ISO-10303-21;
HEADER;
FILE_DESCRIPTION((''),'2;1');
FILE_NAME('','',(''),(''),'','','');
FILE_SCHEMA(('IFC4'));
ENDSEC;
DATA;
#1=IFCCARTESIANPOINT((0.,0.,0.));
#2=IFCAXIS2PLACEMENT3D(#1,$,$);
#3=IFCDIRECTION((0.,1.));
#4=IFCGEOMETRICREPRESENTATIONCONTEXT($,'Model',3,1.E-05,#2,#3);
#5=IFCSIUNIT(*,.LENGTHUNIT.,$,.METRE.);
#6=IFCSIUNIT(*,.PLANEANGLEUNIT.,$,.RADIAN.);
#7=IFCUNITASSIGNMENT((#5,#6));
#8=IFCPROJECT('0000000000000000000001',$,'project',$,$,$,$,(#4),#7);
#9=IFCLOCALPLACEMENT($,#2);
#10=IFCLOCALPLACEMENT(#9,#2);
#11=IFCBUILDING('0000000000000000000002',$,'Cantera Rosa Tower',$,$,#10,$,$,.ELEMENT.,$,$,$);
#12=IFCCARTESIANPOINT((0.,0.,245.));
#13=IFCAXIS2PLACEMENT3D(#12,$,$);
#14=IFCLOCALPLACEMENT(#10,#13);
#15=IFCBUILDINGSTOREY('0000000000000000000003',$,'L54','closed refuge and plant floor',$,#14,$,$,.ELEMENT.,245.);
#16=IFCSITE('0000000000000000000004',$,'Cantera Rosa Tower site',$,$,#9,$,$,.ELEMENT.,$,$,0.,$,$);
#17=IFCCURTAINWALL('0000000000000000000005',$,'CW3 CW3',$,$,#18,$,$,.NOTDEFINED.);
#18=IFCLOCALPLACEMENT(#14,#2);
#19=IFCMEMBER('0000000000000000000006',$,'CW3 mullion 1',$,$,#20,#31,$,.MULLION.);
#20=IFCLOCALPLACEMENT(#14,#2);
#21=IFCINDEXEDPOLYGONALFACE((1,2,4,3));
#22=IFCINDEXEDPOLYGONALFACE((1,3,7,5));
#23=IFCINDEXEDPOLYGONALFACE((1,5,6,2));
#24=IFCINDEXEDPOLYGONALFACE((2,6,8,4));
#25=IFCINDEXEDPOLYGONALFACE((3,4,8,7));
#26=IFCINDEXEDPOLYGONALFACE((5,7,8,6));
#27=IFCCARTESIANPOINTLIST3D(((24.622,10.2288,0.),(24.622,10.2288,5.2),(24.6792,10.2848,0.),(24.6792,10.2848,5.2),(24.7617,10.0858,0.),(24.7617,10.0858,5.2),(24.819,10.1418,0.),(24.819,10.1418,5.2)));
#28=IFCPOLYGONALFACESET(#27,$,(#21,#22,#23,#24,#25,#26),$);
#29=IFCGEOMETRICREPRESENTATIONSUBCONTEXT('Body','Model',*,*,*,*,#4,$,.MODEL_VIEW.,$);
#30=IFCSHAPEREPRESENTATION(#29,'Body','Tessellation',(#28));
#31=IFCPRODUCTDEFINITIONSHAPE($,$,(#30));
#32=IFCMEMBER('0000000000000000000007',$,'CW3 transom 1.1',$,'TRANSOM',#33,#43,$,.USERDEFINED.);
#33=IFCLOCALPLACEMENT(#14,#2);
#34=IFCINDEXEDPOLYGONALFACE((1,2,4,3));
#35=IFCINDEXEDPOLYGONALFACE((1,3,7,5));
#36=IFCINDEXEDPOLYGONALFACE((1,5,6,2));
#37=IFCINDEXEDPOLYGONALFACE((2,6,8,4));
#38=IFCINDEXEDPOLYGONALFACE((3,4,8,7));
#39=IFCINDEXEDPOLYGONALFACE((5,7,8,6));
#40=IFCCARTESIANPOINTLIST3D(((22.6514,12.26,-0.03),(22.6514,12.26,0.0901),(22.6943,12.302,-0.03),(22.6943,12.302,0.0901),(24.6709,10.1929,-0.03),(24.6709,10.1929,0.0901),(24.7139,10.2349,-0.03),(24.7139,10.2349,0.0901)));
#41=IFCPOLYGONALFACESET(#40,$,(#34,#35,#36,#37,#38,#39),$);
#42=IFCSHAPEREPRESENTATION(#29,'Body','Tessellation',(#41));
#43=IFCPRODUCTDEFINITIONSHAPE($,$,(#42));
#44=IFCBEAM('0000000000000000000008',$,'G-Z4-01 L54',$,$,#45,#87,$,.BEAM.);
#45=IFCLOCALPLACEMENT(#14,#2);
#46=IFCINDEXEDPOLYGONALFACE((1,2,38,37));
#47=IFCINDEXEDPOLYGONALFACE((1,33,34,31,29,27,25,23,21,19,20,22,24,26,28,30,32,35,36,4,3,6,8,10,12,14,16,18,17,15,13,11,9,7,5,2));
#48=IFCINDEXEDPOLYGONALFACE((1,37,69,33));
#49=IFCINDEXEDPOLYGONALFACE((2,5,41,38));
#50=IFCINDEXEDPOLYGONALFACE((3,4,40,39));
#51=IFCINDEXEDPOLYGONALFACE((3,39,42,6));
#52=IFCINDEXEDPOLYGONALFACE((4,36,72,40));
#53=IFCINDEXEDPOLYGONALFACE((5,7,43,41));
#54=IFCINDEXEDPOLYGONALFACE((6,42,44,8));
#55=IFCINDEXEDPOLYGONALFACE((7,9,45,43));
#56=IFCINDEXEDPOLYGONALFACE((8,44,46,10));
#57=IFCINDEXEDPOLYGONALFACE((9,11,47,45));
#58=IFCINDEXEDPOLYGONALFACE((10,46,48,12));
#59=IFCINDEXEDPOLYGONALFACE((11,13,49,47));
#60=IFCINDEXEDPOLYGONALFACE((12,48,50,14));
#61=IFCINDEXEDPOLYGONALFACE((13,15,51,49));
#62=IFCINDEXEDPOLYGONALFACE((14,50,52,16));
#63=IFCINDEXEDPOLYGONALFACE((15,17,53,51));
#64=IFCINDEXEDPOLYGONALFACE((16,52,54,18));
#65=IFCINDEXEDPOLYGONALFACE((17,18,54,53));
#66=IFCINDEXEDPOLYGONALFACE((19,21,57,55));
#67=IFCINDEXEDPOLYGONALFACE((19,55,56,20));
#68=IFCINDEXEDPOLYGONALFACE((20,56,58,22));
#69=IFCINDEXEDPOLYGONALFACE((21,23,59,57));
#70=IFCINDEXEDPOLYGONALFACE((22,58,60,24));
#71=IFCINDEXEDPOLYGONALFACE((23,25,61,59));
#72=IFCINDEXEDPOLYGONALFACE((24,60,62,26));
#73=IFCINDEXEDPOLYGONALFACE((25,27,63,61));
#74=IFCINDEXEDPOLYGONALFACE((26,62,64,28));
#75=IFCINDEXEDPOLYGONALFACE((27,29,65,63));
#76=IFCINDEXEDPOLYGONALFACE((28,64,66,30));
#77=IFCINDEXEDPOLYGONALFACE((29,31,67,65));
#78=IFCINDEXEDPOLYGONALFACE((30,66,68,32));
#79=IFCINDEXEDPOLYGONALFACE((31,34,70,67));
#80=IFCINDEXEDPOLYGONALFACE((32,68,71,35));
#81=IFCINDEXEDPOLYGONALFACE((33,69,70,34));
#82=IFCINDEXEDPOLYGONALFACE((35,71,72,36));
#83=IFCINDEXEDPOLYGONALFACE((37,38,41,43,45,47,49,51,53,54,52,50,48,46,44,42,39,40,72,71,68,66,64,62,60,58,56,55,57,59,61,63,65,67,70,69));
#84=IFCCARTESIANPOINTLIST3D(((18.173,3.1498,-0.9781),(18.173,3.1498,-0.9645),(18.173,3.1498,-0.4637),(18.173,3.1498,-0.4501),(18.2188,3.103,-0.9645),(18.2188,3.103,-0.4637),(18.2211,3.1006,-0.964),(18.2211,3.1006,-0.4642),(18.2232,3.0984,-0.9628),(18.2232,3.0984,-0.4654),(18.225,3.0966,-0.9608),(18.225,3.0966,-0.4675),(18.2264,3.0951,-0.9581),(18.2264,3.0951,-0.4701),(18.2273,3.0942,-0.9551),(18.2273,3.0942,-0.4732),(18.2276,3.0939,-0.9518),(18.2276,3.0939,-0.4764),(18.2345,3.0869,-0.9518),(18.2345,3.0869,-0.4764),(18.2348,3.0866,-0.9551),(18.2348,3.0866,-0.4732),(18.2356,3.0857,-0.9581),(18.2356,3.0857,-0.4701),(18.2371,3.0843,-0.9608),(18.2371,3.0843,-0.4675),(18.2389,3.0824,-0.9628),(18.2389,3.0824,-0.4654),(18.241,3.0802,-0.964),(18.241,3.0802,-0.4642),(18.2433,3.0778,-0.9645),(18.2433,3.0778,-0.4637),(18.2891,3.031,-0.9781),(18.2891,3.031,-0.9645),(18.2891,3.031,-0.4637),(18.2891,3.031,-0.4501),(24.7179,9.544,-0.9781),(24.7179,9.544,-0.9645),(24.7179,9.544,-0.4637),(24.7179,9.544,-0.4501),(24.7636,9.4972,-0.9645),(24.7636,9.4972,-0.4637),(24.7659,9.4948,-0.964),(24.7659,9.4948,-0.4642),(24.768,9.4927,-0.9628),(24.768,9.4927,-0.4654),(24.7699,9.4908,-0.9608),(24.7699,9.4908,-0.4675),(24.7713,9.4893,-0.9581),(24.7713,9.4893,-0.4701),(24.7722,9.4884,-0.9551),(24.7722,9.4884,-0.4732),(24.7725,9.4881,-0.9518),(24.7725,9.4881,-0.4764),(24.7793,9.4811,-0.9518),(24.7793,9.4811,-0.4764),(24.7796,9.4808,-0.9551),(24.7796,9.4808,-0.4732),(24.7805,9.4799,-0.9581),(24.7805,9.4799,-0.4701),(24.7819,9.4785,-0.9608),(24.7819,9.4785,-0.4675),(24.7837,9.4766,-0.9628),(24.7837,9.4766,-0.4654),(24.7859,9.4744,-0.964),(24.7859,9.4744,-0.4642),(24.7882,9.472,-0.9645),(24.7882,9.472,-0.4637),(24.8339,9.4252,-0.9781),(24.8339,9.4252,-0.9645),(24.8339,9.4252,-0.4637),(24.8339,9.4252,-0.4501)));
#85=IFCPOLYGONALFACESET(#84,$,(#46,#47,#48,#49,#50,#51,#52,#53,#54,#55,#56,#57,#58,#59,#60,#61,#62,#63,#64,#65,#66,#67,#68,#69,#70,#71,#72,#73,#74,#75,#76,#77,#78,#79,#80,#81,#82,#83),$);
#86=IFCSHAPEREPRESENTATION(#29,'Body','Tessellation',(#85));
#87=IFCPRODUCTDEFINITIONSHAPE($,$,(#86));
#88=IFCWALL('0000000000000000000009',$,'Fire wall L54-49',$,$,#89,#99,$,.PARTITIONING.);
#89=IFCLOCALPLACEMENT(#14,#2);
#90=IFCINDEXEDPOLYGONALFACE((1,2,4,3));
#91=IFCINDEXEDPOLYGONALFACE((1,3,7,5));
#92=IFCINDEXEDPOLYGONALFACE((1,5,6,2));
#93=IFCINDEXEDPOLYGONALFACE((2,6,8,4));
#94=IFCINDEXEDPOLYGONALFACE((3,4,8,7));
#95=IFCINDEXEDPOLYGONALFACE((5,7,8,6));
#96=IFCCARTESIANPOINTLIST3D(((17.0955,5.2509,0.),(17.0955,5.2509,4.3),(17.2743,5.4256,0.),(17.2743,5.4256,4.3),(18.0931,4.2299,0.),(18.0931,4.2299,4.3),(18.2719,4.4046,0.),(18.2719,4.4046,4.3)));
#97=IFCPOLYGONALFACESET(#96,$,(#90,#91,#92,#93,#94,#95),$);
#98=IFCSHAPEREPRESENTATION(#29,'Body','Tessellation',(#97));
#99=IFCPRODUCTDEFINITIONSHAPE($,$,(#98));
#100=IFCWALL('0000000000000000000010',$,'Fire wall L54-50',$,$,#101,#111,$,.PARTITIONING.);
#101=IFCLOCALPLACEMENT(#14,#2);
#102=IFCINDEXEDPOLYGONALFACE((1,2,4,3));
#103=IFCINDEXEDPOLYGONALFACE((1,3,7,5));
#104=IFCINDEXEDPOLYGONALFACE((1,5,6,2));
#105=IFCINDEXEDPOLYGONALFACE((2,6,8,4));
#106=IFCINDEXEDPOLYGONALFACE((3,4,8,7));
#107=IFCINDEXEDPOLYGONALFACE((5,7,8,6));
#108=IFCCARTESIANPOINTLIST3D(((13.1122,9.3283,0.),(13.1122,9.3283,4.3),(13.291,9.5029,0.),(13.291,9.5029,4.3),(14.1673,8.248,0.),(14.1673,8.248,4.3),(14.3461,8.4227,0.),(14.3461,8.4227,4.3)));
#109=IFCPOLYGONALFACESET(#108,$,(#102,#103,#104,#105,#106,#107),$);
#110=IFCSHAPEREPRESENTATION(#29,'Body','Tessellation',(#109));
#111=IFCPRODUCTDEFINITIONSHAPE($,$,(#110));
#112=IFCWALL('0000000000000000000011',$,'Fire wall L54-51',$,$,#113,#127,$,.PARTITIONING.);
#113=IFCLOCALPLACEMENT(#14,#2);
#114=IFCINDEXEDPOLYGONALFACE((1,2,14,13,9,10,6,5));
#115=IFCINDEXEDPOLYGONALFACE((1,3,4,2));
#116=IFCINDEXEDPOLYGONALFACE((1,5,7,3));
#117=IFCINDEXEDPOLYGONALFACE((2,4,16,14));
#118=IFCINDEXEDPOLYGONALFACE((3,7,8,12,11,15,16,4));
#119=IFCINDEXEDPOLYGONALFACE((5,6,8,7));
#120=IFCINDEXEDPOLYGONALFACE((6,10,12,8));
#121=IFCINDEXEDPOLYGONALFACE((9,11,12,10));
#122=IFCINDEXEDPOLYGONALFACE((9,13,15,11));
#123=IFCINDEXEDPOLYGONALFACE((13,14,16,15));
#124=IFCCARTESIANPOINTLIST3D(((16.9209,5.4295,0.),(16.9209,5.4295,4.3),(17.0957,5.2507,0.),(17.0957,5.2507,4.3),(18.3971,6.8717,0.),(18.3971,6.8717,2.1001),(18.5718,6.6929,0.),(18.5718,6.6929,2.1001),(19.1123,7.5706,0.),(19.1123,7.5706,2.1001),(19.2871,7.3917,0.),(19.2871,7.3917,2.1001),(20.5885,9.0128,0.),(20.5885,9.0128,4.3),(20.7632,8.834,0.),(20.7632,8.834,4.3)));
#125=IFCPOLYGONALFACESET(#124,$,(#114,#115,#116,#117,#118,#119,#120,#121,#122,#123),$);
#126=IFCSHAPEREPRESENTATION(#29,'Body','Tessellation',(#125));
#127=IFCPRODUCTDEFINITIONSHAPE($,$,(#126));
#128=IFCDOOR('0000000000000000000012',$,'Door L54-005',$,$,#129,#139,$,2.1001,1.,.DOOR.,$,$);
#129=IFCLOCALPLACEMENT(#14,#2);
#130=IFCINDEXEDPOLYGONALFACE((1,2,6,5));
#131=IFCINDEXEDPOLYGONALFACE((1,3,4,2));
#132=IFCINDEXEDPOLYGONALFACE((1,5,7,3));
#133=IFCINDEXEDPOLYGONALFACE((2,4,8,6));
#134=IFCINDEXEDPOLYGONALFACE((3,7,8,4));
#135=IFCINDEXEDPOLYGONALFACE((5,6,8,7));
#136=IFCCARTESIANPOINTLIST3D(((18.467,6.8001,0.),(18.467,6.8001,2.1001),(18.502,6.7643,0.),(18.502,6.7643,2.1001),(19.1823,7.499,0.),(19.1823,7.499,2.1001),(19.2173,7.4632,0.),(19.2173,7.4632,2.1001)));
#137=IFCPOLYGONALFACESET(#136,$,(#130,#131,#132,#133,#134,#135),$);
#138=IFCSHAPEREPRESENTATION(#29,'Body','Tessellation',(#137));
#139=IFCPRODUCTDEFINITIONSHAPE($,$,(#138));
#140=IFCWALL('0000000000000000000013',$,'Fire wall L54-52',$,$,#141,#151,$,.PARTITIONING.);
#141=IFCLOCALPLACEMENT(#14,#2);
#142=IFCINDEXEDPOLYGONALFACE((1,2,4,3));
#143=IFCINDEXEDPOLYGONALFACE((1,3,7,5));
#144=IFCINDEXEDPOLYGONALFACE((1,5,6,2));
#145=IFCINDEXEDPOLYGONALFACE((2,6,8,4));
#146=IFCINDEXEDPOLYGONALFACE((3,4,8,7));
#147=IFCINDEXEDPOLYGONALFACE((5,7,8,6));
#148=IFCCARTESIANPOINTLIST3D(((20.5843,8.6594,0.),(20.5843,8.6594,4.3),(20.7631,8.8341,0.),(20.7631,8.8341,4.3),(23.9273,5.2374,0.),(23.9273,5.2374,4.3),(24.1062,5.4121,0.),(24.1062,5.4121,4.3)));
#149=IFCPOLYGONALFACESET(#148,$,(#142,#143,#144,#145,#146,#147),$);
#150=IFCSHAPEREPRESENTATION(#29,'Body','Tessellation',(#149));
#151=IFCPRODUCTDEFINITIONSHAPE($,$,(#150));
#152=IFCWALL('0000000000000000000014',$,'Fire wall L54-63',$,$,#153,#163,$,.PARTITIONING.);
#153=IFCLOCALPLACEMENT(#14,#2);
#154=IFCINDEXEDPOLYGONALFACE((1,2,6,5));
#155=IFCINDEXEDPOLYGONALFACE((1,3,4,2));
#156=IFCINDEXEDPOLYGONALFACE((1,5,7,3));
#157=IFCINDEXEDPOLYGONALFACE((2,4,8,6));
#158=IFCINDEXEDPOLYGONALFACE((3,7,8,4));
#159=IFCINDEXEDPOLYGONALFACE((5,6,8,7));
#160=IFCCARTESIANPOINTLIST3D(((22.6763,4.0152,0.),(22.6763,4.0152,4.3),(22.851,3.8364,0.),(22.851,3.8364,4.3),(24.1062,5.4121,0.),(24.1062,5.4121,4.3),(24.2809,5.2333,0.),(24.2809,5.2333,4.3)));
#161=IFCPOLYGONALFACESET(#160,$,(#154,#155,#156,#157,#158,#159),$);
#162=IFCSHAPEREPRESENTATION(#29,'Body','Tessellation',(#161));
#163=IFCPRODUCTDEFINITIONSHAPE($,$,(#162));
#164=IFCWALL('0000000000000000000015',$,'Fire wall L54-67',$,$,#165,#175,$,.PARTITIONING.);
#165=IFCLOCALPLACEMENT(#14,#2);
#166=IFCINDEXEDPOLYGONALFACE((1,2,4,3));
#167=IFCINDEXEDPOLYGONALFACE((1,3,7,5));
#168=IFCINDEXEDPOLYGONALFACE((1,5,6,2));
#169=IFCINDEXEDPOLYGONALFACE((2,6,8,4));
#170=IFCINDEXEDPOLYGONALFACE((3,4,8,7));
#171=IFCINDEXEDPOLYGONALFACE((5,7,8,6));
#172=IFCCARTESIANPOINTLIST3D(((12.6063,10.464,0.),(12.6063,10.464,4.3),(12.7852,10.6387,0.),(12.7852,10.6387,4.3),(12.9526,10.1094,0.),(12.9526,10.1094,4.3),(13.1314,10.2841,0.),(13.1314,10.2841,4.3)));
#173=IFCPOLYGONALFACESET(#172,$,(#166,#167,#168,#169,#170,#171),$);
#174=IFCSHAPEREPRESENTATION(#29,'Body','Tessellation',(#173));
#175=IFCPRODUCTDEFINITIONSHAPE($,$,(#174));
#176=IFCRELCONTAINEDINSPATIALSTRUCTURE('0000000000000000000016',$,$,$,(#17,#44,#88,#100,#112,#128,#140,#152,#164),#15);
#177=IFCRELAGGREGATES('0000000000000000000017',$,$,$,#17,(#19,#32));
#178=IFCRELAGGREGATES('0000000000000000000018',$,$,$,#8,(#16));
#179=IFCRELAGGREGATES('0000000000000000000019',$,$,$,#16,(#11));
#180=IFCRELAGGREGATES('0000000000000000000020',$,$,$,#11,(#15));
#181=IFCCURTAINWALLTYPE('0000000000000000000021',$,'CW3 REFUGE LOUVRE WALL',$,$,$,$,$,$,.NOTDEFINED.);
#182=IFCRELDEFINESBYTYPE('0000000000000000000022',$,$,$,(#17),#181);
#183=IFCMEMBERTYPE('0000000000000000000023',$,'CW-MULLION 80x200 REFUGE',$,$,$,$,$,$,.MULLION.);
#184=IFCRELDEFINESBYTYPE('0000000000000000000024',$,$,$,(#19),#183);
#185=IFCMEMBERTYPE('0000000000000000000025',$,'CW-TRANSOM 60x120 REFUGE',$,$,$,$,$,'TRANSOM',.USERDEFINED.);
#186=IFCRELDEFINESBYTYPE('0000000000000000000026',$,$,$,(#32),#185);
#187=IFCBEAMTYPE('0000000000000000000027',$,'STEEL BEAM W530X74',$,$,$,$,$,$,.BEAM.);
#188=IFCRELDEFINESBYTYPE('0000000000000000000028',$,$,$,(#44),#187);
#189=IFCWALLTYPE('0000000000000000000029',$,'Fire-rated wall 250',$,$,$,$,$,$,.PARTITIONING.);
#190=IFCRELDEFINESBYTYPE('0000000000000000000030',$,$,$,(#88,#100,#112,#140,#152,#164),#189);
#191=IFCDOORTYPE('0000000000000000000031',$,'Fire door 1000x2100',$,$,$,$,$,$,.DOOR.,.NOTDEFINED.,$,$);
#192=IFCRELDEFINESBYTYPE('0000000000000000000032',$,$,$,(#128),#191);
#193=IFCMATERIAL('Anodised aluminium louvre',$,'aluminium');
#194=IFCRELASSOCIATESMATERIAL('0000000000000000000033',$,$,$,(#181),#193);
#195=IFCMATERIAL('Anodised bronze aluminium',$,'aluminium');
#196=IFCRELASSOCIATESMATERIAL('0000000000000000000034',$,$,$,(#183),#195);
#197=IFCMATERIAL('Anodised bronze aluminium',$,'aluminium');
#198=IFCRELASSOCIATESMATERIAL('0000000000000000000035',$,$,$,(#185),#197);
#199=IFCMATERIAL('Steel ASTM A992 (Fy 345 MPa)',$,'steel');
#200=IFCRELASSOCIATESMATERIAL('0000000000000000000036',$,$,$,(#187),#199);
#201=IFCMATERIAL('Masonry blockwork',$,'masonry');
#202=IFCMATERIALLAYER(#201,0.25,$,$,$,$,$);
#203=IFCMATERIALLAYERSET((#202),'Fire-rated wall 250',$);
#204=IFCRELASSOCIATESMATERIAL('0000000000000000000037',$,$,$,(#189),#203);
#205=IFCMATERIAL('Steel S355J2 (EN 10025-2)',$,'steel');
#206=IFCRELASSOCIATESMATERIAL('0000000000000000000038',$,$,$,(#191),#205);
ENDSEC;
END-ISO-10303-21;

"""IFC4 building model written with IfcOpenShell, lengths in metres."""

from ifc_helpers import new_model, si_unit, direction, frame, frame_2d, origin, origin_2d, place, context, subcontext, project, spatial, rectangle, i_section, extrude, material, layer, layer_set, material_profile, profile_set, type_object, element, fill, aggregate, save


model = new_model("IFC4")

# Units and contexts
model_context = context("Model", 3, precision=1e-05, world=origin(), true_north=direction((0.0, 1.0)))
body_context = subcontext(model_context, "Body", "Model", "MODEL_VIEW")
ifc_project = project(units=[si_unit("LENGTHUNIT", "METRE"), si_unit("PLANEANGLEUNIT", "RADIAN")], contexts=[model_context])

# Site, building, storey
site_placement = place(None, origin())
site = spatial("IfcSite", under=ifc_project, at=site_placement, Name="Cantera Rosa Tower site", CompositionType="ELEMENT", RefElevation=0.0)
building_placement = place(site_placement, origin())
building = spatial("IfcBuilding", under=site, at=building_placement, Name="Cantera Rosa Tower", CompositionType="ELEMENT")
storey_placement = place(building_placement, frame((0.0, 0.0, 245.0)))
storey = spatial("IfcBuildingStorey", under=building, at=storey_placement, Name="L54", Description="closed refuge and plant floor", CompositionType="ELEMENT", Elevation=245.0)

# Curtain wall, members
ifc_material_1 = material(Name="Anodised aluminium louvre", Category="aluminium")
curtain_wall_type = type_object("IfcCurtainWallType", Name="CW3 REFUGE LOUVRE WALL", PredefinedType="NOTDEFINED", material=ifc_material_1)
curtain_wall_placement = place(storey_placement, origin())
curtain_wall = element("IfcCurtainWall", 1, at=curtain_wall_placement, inside=storey, type_object=curtain_wall_type, Name="CW3 CW3", PredefinedType="NOTDEFINED")
ifc_material_2 = material(Name="Anodised bronze aluminium", Category="aluminium")
ifc_material_profile_1 = material_profile(ifc_material_2, rectangle(XDim=0.0801, YDim=0.2, at=origin_2d()), Name="CW-MULLION 80x200 REFUGE")
ifc_profile_set_1 = profile_set([ifc_material_profile_1], Name="Anodised bronze aluminium")
member_type_1 = type_object("IfcMemberType", Name="CW-MULLION 80x200 REFUGE", PredefinedType="MULLION", material=ifc_profile_set_1)
member_1_placement = place(storey_placement, frame((24.7205, 10.1853, 0.0), z_axis=(0.0, 0.0, 1.0), x_axis=(-0.715286, -0.698832, 0.0)))
member_1 = element("IfcMember", 2, at=member_1_placement, type_object=member_type_1, Name="CW3 mullion 1", PredefinedType="MULLION", context=body_context, shape_type="SweptSolid", body=[
    extrude(rectangle(XDim=0.0801, YDim=0.2, at=origin_2d()), origin(), (0.0, 0.0, 1.0), 5.2),
])
ifc_material_3 = material(Name="Anodised bronze aluminium", Category="aluminium")
ifc_material_profile_2 = material_profile(ifc_material_3, rectangle(XDim=0.0601, YDim=0.1201, at=origin_2d()), Name="CW-TRANSOM 60x120 REFUGE")
ifc_profile_set_2 = profile_set([ifc_material_profile_2], Name="Anodised bronze aluminium")
member_type_2 = type_object("IfcMemberType", Name="CW-TRANSOM 60x120 REFUGE", ElementType="TRANSOM", PredefinedType="USERDEFINED", material=ifc_profile_set_2)
member_2_placement = place(storey_placement, frame((24.6924, 10.2139, 0.03), z_axis=(-0.698822, 0.715296, 0.0), x_axis=(-0.715296, -0.698822, 0.0)))
member_2 = element("IfcMember", 3, at=member_2_placement, type_object=member_type_2, Name="CW3 transom 1.1", ObjectType="TRANSOM", PredefinedType="USERDEFINED", context=body_context, shape_type="SweptSolid", body=[
    extrude(rectangle(XDim=0.0601, YDim=0.1201, at=origin_2d()), origin(), (0.0, 0.0, 1.0), 2.8899),
])
aggregate(curtain_wall, [member_1, member_2])

# Beam
ifc_material_4 = material(Name="Steel ASTM A992 (Fy 345 MPa)", Category="steel")
ifc_material_profile_3 = material_profile(ifc_material_4, i_section(OverallWidth=0.166, OverallDepth=0.5281, WebThickness=0.0098, FlangeThickness=0.0137, FilletRadius=0.0127, at=origin_2d()), Name="W530X74")
ifc_profile_set_3 = profile_set([ifc_material_profile_3], Name="Steel ASTM A992 (Fy 345 MPa)")
beam_type = type_object("IfcBeamType", Name="STEEL BEAM W530X74", PredefinedType="BEAM", material=ifc_profile_set_3)
beam_placement = place(storey_placement, frame((24.7759, 9.4846, -0.7141), z_axis=(-0.71529, -0.698827, 0.0), x_axis=(0.698827, -0.71529, 0.0)))
element("IfcBeam", 4, at=beam_placement, inside=storey, type_object=beam_type, Name="G-Z4-01 L54", PredefinedType="BEAM", context=body_context, shape_type="SweptSolid", body=[
    extrude(i_section(OverallWidth=0.166, OverallDepth=0.5281, WebThickness=0.0098, FlangeThickness=0.0137, FilletRadius=0.0127, at=origin_2d()), origin(), (0.0, 0.0, 1.0), 9.1499),
])

# Walls
ifc_material_5 = material(Name="Masonry blockwork", Category="masonry")
ifc_layer = layer(ifc_material_5, 0.25)
ifc_layer_set = layer_set([ifc_layer], Name="Fire-rated wall 250")
wall_type = type_object("IfcWallType", Name="Fire-rated wall 250", PredefinedType="PARTITIONING", material=ifc_layer_set)
wall_1_placement = place(storey_placement, frame((18.1826, 4.3171, 0.0), z_axis=(0.0, 0.0, 1.0), x_axis=(-0.698849, 0.715269, 0.0)))
element("IfcWall", 5, at=wall_1_placement, inside=storey, type_object=wall_type, Name="Fire wall L54-49", PredefinedType="PARTITIONING", context=body_context, shape_type="SweptSolid", body=[
    extrude(rectangle(XDim=1.4275, YDim=0.25, at=frame_2d((0.7139, 0.0))), origin(), (0.0, 0.0, 1.0), 4.3),
])
wall_2_placement = place(storey_placement, frame((14.2566, 8.3354, 0.0), z_axis=(0.0, 0.0, 1.0), x_axis=(-0.698732, 0.715384, 0.0)))
element("IfcWall", 6, at=wall_2_placement, inside=storey, type_object=wall_type, Name="Fire wall L54-50", PredefinedType="PARTITIONING", context=body_context, shape_type="SweptSolid", body=[
    extrude(rectangle(XDim=1.51, YDim=0.25, at=frame_2d((0.7549, 0.0))), origin(), (0.0, 0.0, 1.0), 4.3),
])

# Wall, opening, door
wall_3_placement = place(storey_placement, frame((17.0083, 5.3401, 0.0), z_axis=(0.0, 0.0, 1.0), x_axis=(0.715273, 0.698845, 0.0)))
wall_3 = element("IfcWall", 7, at=wall_3_placement, inside=storey, type_object=wall_type, Name="Fire wall L54-51", PredefinedType="PARTITIONING", context=body_context, shape_type="SweptSolid", body=[
    extrude(rectangle(XDim=5.1274, YDim=0.25, at=frame_2d((2.5637, 0.0))), origin(), (0.0, 0.0, 1.0), 4.3),
])
opening_1_placement = place(wall_3_placement, frame((2.0637, 0.0, 0.0)))
opening_1 = element("IfcOpeningElement", 8, at=opening_1_placement, cuts=wall_3, PredefinedType="OPENING", context=body_context, shape_type="SweptSolid", body=[
    extrude(rectangle(XDim=1.0, YDim=2.1001, at=frame_2d((0.5, 1.05))), frame((0.0, 0.135, 0.0), z_axis=(0.0, -1.0, 0.0), x_axis=(1.0, 0.0, 0.0)), (0.0, 0.0, 1.0), 0.27),
])
ifc_material_6 = material(Name="Steel S355J2 (EN 10025-2)", Category="steel")
door_type = type_object("IfcDoorType", Name="Fire door 1000x2100", OperationType="NOTDEFINED", PredefinedType="DOOR", material=ifc_material_6)
door_1_placement = place(opening_1_placement, origin())
door_1 = element("IfcDoor", 9, at=door_1_placement, inside=storey, type_object=door_type, Name="Door L54-005", OverallHeight=2.1001, OverallWidth=1.0, PredefinedType="DOOR", context=body_context, shape_type="SweptSolid", body=[
    extrude(rectangle(XDim=1.0, YDim=2.1001, at=frame_2d((0.5, 1.05))), frame((0.0, 0.0249, 0.0), z_axis=(0.0, -1.0, 0.0), x_axis=(1.0, 0.0, 0.0)), (0.0, 0.0, 1.0), 0.05),
])
fill(opening_1, door_1)

# Walls
wall_4_placement = place(storey_placement, frame((24.0168, 5.3247, 0.0), z_axis=(0.0, 0.0, 1.0), x_axis=(-0.698817, 0.715301, 0.0)))
element("IfcWall", 10, at=wall_4_placement, inside=storey, type_object=wall_type, Name="Fire wall L54-52", PredefinedType="PARTITIONING", context=body_context, shape_type="SweptSolid", body=[
    extrude(rectangle(XDim=4.7839, YDim=0.25, at=frame_2d((2.3921, 0.0))), origin(), (0.0, 0.0, 1.0), 4.3),
])
wall_5_placement = place(storey_placement, frame((22.7637, 3.9258, 0.0), z_axis=(0.0, 0.0, 1.0), x_axis=(0.715302, 0.698815, 0.0)))
element("IfcWall", 11, at=wall_5_placement, inside=storey, type_object=wall_type, Name="Fire wall L54-63", PredefinedType="PARTITIONING", context=body_context, shape_type="SweptSolid", body=[
    extrude(rectangle(XDim=1.999, YDim=0.25, at=frame_2d((0.9995, 0.0))), origin(), (0.0, 0.0, 1.0), 4.3),
])
wall_6_placement = place(storey_placement, frame((13.042, 10.1968, 0.0), z_axis=(0.0, 0.0, 1.0), x_axis=(-0.698681, 0.715433, 0.0)))
element("IfcWall", 12, at=wall_6_placement, inside=storey, type_object=wall_type, Name="Fire wall L54-67", PredefinedType="PARTITIONING", context=body_context, shape_type="SweptSolid", body=[
    extrude(rectangle(XDim=0.4956, YDim=0.25, at=frame_2d((0.2478, 0.0))), origin(), (0.0, 0.0, 1.0), 4.3),
])

save(model, "model.ifc")
